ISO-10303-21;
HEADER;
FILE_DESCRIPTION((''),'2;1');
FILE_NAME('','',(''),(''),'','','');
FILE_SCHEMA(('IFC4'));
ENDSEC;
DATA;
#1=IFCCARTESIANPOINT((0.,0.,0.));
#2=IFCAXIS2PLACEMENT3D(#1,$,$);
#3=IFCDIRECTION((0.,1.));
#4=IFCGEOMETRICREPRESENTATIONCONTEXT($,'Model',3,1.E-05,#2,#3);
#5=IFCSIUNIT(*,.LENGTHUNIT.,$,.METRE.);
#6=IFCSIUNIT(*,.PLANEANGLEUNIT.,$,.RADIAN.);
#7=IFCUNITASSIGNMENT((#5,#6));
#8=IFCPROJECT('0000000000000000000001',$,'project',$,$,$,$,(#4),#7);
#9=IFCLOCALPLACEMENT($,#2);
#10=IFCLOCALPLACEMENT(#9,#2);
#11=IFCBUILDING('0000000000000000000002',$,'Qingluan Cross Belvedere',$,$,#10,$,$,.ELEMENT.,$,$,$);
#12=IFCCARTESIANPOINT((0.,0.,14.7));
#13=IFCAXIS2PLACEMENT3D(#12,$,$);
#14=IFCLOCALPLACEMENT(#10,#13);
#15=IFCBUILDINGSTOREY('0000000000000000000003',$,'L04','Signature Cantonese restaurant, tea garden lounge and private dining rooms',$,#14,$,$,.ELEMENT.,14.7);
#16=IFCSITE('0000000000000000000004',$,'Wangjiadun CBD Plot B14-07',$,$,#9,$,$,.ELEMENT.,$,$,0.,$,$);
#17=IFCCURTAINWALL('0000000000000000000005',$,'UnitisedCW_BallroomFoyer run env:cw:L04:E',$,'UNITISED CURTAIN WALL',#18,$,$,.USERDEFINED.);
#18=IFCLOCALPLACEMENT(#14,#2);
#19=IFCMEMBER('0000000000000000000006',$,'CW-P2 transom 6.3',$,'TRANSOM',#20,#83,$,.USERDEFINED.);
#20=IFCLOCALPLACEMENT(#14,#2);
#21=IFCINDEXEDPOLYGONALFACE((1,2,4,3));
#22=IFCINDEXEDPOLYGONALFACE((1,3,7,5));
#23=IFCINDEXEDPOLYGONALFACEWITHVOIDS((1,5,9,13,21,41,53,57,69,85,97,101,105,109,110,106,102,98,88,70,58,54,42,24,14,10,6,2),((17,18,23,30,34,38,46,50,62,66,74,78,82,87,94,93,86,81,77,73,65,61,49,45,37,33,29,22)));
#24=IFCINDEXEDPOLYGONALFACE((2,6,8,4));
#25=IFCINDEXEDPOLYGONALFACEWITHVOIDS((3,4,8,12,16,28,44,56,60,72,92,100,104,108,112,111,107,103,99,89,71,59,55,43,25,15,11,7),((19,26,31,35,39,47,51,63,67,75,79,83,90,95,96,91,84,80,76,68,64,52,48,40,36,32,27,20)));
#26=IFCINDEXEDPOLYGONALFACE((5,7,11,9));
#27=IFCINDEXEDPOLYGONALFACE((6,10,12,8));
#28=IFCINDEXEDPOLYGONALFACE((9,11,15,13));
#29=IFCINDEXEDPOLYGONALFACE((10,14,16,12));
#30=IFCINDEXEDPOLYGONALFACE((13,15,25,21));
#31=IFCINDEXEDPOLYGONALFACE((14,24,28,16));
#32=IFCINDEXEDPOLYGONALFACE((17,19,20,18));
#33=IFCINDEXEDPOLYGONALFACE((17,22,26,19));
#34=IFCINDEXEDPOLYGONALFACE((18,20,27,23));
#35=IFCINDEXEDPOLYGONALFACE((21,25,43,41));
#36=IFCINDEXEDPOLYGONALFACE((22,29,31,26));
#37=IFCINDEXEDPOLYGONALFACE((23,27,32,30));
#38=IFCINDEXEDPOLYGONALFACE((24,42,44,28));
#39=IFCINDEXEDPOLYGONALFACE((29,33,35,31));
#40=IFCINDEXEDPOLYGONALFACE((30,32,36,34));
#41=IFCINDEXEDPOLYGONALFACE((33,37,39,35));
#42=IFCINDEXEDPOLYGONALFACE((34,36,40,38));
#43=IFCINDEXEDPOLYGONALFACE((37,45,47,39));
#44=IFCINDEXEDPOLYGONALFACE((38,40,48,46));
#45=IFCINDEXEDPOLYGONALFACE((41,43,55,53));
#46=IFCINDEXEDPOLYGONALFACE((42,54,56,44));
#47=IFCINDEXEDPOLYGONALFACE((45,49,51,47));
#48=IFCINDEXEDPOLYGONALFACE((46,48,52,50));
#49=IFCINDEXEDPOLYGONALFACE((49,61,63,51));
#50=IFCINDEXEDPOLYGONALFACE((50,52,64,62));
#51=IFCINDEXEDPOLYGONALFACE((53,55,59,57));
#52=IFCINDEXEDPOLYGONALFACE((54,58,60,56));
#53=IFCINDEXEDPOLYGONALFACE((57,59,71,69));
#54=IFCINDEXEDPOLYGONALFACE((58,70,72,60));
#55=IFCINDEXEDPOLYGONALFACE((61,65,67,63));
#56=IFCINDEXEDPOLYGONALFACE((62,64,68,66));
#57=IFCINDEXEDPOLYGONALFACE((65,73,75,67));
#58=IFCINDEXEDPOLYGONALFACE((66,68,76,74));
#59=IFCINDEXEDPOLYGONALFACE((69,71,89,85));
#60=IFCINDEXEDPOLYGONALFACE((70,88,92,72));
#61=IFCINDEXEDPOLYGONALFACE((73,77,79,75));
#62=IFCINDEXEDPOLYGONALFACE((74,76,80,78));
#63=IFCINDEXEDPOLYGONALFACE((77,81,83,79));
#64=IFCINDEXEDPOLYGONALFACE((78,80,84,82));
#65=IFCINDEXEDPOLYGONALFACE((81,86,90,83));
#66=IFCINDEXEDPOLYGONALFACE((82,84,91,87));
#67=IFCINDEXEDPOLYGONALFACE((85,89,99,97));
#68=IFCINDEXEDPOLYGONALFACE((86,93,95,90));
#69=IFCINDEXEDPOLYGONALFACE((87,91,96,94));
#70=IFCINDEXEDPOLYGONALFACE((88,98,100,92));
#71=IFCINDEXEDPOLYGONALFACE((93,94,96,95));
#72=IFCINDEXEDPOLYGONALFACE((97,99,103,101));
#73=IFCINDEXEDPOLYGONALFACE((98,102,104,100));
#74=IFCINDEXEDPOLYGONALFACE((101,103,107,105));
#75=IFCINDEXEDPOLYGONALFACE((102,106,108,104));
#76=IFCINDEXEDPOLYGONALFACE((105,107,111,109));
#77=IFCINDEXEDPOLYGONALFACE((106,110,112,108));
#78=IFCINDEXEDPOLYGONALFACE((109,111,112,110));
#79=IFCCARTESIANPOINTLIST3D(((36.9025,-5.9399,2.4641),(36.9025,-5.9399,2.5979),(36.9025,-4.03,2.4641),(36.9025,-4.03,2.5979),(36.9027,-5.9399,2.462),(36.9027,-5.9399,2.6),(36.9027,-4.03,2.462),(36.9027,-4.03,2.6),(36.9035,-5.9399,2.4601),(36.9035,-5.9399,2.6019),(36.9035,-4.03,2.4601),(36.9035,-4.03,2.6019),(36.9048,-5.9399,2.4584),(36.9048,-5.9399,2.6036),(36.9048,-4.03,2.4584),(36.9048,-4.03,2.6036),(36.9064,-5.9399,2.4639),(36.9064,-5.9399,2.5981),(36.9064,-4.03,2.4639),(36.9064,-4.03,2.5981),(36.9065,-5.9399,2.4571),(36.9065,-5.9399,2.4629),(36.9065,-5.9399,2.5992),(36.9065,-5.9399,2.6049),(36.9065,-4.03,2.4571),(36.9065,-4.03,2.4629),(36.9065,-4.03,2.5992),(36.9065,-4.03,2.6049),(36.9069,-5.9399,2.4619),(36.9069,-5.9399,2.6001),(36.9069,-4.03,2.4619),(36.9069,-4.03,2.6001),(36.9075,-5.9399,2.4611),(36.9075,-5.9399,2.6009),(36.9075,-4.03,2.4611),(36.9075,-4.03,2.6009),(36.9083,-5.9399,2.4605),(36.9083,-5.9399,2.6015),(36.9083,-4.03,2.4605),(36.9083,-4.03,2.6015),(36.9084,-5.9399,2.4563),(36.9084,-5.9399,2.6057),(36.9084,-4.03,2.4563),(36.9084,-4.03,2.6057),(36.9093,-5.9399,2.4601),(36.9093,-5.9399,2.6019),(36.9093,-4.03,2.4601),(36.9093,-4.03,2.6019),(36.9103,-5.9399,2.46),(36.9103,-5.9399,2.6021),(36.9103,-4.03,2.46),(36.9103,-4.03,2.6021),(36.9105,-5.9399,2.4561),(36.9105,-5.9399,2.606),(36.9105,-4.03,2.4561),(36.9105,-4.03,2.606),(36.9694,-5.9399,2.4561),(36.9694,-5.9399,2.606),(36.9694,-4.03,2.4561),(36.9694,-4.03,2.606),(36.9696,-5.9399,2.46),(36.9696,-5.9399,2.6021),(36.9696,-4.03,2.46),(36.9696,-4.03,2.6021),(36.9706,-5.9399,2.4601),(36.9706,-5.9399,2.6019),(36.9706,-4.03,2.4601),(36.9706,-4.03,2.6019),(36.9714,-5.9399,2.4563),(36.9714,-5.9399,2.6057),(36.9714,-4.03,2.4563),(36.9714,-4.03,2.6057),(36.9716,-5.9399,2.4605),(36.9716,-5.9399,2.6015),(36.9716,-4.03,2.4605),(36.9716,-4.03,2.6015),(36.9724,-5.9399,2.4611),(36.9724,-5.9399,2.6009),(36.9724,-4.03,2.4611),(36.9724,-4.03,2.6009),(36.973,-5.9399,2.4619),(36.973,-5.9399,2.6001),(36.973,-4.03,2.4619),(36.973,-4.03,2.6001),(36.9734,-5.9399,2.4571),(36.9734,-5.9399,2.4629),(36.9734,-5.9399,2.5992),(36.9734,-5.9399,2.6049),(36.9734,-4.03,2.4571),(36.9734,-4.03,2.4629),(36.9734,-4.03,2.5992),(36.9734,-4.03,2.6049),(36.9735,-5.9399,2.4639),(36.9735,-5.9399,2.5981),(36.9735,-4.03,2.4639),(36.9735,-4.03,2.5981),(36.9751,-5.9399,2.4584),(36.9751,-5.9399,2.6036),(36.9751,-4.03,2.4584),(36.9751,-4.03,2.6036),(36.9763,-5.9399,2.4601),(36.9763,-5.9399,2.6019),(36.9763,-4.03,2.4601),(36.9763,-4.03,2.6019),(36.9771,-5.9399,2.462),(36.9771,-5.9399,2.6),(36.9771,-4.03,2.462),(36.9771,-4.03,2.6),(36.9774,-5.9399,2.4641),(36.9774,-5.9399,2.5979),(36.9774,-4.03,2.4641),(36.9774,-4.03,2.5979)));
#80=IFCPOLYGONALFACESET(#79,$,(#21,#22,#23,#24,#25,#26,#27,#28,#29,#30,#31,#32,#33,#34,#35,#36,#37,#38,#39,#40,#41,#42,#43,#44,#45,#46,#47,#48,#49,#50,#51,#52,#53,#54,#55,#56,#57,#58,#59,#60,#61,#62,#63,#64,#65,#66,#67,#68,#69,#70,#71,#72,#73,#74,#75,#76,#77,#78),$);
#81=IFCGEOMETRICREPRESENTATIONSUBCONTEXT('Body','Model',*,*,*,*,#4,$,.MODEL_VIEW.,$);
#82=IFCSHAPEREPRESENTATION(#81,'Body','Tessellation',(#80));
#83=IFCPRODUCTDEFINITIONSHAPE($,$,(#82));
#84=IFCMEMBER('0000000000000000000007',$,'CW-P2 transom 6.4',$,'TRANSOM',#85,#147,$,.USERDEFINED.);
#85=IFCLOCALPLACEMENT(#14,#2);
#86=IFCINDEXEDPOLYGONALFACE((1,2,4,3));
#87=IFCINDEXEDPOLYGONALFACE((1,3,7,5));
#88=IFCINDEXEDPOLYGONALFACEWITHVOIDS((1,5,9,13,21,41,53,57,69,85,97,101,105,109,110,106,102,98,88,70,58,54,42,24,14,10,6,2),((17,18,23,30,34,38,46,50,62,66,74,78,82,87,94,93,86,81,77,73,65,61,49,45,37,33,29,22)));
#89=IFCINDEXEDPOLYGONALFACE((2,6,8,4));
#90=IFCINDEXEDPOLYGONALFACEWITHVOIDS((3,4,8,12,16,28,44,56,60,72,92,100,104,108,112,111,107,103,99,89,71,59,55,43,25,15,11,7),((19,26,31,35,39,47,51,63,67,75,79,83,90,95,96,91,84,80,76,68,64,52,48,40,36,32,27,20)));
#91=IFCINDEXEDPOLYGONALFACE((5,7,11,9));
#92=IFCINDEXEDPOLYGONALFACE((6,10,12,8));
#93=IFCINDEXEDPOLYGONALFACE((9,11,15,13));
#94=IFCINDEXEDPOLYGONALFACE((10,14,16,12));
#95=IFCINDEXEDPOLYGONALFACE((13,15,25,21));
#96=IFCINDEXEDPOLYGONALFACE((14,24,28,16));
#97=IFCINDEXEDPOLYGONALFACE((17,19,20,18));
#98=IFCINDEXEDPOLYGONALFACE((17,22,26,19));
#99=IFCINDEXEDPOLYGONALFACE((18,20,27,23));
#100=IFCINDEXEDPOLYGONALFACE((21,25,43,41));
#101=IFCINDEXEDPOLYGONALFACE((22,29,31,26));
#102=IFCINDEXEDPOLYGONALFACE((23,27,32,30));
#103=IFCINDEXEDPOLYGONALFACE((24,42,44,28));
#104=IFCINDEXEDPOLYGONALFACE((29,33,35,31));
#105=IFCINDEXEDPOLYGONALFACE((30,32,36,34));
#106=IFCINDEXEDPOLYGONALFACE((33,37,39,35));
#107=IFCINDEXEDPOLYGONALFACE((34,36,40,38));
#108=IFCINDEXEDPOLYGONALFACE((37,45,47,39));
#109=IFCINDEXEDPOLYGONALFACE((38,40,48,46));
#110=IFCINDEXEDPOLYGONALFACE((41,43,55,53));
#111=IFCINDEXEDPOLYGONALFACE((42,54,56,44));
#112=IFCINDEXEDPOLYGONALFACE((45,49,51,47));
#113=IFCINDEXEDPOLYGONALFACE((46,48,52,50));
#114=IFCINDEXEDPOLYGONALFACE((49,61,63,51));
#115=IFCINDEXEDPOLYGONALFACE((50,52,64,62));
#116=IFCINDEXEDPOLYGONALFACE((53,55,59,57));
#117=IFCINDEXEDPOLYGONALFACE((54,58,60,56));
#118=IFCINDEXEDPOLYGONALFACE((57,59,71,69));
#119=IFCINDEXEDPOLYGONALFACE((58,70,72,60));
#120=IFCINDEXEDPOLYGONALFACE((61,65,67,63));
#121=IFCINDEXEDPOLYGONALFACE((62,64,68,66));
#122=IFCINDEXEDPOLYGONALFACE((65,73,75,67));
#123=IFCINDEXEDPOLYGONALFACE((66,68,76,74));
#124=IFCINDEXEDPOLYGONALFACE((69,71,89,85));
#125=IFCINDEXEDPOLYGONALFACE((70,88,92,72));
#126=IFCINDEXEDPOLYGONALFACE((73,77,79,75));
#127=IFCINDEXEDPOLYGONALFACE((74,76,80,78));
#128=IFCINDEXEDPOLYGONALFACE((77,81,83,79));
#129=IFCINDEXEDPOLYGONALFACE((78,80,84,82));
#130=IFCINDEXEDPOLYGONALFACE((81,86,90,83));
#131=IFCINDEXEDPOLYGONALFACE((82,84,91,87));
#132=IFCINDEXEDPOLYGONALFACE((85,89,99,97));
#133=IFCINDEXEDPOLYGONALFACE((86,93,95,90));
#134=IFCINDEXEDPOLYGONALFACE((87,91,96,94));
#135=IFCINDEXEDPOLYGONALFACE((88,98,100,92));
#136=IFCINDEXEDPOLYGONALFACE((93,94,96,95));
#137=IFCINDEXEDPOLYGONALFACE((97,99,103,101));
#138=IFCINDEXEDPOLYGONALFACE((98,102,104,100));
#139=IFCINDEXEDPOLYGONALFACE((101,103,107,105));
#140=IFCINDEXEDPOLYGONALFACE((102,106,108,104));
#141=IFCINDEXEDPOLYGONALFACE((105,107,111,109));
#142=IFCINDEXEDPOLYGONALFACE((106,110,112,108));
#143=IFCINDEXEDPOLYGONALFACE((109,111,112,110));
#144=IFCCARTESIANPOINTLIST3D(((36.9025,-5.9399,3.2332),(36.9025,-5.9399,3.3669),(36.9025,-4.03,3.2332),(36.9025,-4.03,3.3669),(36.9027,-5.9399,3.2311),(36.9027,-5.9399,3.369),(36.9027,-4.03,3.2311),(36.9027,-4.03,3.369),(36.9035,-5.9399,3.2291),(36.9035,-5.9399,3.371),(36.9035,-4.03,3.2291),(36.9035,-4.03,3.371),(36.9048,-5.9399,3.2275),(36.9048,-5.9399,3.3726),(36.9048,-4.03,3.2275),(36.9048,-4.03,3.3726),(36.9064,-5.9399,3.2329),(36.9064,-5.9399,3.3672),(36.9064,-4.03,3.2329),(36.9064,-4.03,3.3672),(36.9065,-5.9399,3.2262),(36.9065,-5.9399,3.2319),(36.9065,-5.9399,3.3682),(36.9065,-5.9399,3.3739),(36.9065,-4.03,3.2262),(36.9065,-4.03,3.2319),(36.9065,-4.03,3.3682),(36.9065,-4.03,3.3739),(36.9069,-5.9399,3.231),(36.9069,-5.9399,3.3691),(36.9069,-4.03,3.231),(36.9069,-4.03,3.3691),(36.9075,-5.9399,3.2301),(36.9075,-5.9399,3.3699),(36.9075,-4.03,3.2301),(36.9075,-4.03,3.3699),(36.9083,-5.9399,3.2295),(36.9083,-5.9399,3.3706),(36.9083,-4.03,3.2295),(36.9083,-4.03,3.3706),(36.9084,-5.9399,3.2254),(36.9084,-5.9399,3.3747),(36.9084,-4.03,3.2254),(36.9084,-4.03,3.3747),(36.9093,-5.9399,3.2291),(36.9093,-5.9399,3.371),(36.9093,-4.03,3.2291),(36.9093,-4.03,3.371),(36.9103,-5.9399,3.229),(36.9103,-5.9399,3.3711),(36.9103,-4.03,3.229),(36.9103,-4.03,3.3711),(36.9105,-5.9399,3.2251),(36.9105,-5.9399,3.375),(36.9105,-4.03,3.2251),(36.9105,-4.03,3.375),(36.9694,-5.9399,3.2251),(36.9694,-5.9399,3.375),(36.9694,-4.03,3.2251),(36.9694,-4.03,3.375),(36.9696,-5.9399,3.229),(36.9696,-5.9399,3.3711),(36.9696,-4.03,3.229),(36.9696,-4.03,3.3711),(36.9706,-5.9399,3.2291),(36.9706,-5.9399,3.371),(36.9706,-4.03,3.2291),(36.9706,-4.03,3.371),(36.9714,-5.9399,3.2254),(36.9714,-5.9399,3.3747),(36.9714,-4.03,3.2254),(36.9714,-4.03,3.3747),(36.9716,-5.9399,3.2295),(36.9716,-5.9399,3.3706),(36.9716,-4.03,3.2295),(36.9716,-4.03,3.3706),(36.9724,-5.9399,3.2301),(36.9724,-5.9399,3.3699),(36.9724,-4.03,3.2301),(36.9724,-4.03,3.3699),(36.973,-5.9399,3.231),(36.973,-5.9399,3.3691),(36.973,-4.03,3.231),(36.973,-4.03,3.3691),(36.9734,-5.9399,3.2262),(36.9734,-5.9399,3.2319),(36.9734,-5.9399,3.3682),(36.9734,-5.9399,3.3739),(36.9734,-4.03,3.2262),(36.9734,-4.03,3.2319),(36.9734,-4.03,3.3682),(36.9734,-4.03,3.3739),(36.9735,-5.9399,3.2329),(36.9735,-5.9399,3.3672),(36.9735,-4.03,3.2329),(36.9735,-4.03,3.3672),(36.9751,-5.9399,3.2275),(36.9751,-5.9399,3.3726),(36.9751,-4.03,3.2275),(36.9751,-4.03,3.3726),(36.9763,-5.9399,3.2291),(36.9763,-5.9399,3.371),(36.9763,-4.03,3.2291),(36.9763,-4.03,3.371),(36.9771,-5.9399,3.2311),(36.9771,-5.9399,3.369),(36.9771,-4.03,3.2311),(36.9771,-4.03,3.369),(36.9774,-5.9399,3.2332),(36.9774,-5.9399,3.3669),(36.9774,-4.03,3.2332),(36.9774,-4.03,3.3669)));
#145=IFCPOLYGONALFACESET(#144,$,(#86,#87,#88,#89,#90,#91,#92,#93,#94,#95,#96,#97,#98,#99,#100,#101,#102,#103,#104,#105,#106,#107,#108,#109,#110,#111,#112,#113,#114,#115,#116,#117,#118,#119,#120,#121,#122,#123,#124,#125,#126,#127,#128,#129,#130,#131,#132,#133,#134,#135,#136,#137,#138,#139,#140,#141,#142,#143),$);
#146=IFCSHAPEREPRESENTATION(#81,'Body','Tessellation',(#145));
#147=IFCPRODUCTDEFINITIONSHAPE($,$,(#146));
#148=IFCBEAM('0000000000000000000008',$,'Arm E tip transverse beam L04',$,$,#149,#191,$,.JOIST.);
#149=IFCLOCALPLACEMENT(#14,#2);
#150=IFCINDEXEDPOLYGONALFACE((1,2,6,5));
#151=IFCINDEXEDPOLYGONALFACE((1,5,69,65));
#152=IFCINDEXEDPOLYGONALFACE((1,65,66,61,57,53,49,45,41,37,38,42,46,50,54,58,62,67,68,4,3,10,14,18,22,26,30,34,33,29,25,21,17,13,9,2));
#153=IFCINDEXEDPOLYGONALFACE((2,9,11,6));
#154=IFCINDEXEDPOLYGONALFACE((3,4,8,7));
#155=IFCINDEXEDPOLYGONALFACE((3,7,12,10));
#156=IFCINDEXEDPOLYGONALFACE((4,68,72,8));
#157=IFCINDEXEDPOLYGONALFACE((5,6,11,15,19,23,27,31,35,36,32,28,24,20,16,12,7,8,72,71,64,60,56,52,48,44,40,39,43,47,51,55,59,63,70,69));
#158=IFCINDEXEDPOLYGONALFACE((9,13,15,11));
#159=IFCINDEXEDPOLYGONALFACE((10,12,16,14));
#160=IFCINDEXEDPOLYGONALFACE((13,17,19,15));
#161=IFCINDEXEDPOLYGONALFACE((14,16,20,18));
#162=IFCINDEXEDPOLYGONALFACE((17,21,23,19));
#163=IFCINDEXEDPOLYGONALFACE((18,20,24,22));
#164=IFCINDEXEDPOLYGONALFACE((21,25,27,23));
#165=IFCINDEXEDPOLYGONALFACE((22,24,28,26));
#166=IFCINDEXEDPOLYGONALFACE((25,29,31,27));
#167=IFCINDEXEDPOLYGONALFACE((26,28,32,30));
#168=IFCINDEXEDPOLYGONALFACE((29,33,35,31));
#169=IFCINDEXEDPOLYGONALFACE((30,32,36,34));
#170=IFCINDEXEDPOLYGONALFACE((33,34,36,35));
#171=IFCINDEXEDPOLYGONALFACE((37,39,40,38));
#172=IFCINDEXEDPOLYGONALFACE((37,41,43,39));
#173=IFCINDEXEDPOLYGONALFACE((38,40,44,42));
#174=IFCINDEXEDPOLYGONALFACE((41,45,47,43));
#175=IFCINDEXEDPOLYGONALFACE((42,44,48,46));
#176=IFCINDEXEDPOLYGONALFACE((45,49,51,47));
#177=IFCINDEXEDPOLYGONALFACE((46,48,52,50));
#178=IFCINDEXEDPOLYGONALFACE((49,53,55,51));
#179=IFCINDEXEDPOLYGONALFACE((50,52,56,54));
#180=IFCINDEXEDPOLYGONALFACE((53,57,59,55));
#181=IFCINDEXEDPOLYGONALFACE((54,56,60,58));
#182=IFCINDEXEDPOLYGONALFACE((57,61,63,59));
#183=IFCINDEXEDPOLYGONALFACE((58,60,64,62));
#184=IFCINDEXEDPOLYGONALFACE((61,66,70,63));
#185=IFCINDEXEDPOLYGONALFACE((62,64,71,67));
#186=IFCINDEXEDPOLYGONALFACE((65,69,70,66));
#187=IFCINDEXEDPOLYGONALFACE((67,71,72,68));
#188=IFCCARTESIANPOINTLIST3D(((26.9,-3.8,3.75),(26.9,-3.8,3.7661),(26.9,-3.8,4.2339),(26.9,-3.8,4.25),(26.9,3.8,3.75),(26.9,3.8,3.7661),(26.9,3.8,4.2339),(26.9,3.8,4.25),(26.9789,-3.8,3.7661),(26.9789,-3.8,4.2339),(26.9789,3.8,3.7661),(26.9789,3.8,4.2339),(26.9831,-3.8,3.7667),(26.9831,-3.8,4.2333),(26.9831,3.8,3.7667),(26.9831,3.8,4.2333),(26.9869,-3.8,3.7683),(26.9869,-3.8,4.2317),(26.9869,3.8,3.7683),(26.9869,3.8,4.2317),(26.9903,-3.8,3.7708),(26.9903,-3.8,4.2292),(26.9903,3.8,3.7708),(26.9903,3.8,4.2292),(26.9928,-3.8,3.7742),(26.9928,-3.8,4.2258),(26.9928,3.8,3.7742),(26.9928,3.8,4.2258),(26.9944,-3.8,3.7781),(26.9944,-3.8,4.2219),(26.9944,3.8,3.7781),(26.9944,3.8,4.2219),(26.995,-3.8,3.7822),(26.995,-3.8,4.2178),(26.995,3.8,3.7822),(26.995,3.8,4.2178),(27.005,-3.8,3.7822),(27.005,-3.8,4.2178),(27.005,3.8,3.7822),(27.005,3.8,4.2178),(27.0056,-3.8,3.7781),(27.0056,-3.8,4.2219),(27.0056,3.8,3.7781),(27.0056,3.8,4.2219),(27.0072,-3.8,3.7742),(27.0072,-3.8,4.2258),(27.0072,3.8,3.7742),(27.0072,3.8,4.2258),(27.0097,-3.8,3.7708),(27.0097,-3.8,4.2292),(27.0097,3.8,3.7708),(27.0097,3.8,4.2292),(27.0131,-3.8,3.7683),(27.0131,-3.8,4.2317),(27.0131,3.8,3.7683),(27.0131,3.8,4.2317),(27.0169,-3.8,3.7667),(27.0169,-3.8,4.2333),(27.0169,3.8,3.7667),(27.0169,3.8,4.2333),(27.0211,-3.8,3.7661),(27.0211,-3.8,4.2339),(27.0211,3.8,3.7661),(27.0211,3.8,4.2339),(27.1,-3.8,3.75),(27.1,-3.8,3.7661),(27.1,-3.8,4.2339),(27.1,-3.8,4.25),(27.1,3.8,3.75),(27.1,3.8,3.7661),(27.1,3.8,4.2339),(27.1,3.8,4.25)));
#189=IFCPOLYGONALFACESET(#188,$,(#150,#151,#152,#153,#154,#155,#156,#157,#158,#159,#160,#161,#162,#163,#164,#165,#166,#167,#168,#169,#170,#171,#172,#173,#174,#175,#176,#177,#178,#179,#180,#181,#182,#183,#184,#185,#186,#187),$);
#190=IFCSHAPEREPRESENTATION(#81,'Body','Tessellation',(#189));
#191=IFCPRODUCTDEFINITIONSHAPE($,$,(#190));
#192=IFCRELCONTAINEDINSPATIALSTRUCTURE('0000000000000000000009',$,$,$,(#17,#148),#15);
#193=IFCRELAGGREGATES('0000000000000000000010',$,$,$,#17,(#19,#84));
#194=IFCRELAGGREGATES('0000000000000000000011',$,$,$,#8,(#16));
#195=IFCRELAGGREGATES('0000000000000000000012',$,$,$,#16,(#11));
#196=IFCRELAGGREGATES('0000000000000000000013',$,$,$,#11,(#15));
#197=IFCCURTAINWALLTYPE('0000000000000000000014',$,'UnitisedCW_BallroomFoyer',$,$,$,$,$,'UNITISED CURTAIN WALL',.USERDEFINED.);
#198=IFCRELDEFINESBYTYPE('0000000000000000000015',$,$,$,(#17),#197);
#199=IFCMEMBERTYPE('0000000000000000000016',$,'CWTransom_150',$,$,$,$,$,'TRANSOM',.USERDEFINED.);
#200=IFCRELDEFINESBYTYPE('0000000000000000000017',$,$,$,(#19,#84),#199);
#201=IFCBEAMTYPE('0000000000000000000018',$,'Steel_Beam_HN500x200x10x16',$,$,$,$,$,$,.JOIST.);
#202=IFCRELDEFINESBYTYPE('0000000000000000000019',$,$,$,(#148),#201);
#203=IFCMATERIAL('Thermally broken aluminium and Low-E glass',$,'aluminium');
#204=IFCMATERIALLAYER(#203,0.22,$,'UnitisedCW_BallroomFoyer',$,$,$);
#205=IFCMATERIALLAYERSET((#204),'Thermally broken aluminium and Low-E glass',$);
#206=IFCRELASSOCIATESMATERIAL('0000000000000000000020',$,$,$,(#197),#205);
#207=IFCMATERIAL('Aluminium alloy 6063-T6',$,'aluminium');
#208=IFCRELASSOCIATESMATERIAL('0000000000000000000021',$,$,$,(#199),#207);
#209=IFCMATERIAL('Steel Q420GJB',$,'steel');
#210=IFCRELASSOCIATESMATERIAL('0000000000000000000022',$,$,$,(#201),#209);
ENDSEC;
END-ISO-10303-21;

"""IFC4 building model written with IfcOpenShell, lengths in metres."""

from ifc_helpers import new_model, si_unit, direction, frame, origin, origin_2d, place, context, subcontext, project, spatial, hollow_rectangle, i_section, extrude, material, layer, layer_set, material_profile, profile_set, type_object, element, aggregate, save


model = new_model("IFC4")

# Units and contexts
model_context = context("Model", 3, precision=1e-05, world=origin(), true_north=direction((0.0, 1.0)))
body_context = subcontext(model_context, "Body", "Model", "MODEL_VIEW")
ifc_project = project(units=[si_unit("LENGTHUNIT", "METRE"), si_unit("PLANEANGLEUNIT", "RADIAN")], contexts=[model_context])

# Site, building, storey
site_placement = place(None, origin())
site = spatial("IfcSite", under=ifc_project, at=site_placement, Name="Wangjiadun CBD Plot B14-07", CompositionType="ELEMENT", RefElevation=0.0)
building_placement = place(site_placement, origin())
building = spatial("IfcBuilding", under=site, at=building_placement, Name="Qingluan Cross Belvedere", CompositionType="ELEMENT")
storey_placement = place(building_placement, frame((0.0, 0.0, 14.7)))
storey = spatial("IfcBuildingStorey", under=building, at=storey_placement, Name="L04", Description="Signature Cantonese restaurant, tea garden lounge and private dining rooms", CompositionType="ELEMENT", Elevation=14.7)

# Curtain wall, members
ifc_material_1 = material(Name="Thermally broken aluminium and Low-E glass", Category="aluminium")
ifc_layer_1 = layer(ifc_material_1, 0.22, Name="UnitisedCW_BallroomFoyer")
ifc_layer_set_1 = layer_set([ifc_layer_1], Name="Thermally broken aluminium and Low-E glass")
curtain_wall_type = type_object("IfcCurtainWallType", Name="UnitisedCW_BallroomFoyer", ElementType="UNITISED CURTAIN WALL", PredefinedType="USERDEFINED", material=ifc_layer_set_1)
curtain_wall_placement = place(storey_placement, origin())
curtain_wall = element("IfcCurtainWall", 1, at=curtain_wall_placement, inside=storey, type_object=curtain_wall_type, Name="UnitisedCW_BallroomFoyer run env:cw:L04:E", ObjectType="UNITISED CURTAIN WALL", PredefinedType="USERDEFINED")
ifc_material_2 = material(Name="Aluminium alloy 6063-T6", Category="aluminium")
ifc_material_profile_1 = material_profile(ifc_material_2, hollow_rectangle(XDim=0.075, YDim=0.1499, WallThickness=0.0039, InnerFilletRadius=0.0039, OuterFilletRadius=0.0081, at=origin_2d()), Name="CWT150x75x4")
ifc_profile_set_1 = profile_set([ifc_material_profile_1], Name="Aluminium alloy 6063-T6")
member_type_1 = type_object("IfcMemberType", Name="CWTransom_150", ElementType="TRANSOM", PredefinedType="USERDEFINED", material=ifc_profile_set_1)
member_1_placement = place(storey_placement, frame((36.9399, -4.03, 2.531), z_axis=(0.0, -1.0, 0.0), x_axis=(1.0, 0.0, 0.0)))
member_1 = element("IfcMember", 2, at=member_1_placement, type_object=member_type_1, Name="CW-P2 transom 6.3", ObjectType="TRANSOM", PredefinedType="USERDEFINED", context=body_context, shape_type="SweptSolid", body=[
    extrude(hollow_rectangle(XDim=0.075, YDim=0.1499, WallThickness=0.0039, InnerFilletRadius=0.0039, OuterFilletRadius=0.0081, at=origin_2d()), origin(), (0.0, 0.0, 1.0), 1.9099),
])
member_2_placement = place(storey_placement, frame((36.9399, -4.03, 3.3), z_axis=(0.0, -1.0, 0.0), x_axis=(1.0, 0.0, 0.0)))
member_2 = element("IfcMember", 3, at=member_2_placement, type_object=member_type_1, Name="CW-P2 transom 6.4", ObjectType="TRANSOM", PredefinedType="USERDEFINED", context=body_context, shape_type="SweptSolid", body=[
    extrude(hollow_rectangle(XDim=0.075, YDim=0.1499, WallThickness=0.0039, InnerFilletRadius=0.0039, OuterFilletRadius=0.0081, at=origin_2d()), origin(), (0.0, 0.0, 1.0), 1.9099),
])

# Beam
ifc_material_3 = material(Name="Steel Q420GJB", Category="steel")
ifc_material_profile_2 = material_profile(ifc_material_3, i_section(OverallWidth=0.2, OverallDepth=0.5, WebThickness=0.01, FlangeThickness=0.0161, FilletRadius=0.0161, at=origin_2d()), Name="HN500x200x10x16")
ifc_profile_set_2 = profile_set([ifc_material_profile_2], Name="Steel Q420GJB")
beam_type = type_object("IfcBeamType", Name="Steel_Beam_HN500x200x10x16", PredefinedType="JOIST", material=ifc_profile_set_2)
beam_placement = place(storey_placement, frame((27.0, -3.8, 4.0), z_axis=(0.0, 1.0, 0.0), x_axis=(-1.0, 0.0, 0.0)))
element("IfcBeam", 4, at=beam_placement, inside=storey, type_object=beam_type, Name="Arm E tip transverse beam L04", PredefinedType="JOIST", context=body_context, shape_type="SweptSolid", body=[
    extrude(i_section(OverallWidth=0.2, OverallDepth=0.5, WebThickness=0.01, FlangeThickness=0.0161, FilletRadius=0.0161, at=origin_2d()), origin(), (0.0, 0.0, 1.0), 7.6001),
])

aggregate(curtain_wall, [member_1, member_2])

save(model, "model.ifc")
